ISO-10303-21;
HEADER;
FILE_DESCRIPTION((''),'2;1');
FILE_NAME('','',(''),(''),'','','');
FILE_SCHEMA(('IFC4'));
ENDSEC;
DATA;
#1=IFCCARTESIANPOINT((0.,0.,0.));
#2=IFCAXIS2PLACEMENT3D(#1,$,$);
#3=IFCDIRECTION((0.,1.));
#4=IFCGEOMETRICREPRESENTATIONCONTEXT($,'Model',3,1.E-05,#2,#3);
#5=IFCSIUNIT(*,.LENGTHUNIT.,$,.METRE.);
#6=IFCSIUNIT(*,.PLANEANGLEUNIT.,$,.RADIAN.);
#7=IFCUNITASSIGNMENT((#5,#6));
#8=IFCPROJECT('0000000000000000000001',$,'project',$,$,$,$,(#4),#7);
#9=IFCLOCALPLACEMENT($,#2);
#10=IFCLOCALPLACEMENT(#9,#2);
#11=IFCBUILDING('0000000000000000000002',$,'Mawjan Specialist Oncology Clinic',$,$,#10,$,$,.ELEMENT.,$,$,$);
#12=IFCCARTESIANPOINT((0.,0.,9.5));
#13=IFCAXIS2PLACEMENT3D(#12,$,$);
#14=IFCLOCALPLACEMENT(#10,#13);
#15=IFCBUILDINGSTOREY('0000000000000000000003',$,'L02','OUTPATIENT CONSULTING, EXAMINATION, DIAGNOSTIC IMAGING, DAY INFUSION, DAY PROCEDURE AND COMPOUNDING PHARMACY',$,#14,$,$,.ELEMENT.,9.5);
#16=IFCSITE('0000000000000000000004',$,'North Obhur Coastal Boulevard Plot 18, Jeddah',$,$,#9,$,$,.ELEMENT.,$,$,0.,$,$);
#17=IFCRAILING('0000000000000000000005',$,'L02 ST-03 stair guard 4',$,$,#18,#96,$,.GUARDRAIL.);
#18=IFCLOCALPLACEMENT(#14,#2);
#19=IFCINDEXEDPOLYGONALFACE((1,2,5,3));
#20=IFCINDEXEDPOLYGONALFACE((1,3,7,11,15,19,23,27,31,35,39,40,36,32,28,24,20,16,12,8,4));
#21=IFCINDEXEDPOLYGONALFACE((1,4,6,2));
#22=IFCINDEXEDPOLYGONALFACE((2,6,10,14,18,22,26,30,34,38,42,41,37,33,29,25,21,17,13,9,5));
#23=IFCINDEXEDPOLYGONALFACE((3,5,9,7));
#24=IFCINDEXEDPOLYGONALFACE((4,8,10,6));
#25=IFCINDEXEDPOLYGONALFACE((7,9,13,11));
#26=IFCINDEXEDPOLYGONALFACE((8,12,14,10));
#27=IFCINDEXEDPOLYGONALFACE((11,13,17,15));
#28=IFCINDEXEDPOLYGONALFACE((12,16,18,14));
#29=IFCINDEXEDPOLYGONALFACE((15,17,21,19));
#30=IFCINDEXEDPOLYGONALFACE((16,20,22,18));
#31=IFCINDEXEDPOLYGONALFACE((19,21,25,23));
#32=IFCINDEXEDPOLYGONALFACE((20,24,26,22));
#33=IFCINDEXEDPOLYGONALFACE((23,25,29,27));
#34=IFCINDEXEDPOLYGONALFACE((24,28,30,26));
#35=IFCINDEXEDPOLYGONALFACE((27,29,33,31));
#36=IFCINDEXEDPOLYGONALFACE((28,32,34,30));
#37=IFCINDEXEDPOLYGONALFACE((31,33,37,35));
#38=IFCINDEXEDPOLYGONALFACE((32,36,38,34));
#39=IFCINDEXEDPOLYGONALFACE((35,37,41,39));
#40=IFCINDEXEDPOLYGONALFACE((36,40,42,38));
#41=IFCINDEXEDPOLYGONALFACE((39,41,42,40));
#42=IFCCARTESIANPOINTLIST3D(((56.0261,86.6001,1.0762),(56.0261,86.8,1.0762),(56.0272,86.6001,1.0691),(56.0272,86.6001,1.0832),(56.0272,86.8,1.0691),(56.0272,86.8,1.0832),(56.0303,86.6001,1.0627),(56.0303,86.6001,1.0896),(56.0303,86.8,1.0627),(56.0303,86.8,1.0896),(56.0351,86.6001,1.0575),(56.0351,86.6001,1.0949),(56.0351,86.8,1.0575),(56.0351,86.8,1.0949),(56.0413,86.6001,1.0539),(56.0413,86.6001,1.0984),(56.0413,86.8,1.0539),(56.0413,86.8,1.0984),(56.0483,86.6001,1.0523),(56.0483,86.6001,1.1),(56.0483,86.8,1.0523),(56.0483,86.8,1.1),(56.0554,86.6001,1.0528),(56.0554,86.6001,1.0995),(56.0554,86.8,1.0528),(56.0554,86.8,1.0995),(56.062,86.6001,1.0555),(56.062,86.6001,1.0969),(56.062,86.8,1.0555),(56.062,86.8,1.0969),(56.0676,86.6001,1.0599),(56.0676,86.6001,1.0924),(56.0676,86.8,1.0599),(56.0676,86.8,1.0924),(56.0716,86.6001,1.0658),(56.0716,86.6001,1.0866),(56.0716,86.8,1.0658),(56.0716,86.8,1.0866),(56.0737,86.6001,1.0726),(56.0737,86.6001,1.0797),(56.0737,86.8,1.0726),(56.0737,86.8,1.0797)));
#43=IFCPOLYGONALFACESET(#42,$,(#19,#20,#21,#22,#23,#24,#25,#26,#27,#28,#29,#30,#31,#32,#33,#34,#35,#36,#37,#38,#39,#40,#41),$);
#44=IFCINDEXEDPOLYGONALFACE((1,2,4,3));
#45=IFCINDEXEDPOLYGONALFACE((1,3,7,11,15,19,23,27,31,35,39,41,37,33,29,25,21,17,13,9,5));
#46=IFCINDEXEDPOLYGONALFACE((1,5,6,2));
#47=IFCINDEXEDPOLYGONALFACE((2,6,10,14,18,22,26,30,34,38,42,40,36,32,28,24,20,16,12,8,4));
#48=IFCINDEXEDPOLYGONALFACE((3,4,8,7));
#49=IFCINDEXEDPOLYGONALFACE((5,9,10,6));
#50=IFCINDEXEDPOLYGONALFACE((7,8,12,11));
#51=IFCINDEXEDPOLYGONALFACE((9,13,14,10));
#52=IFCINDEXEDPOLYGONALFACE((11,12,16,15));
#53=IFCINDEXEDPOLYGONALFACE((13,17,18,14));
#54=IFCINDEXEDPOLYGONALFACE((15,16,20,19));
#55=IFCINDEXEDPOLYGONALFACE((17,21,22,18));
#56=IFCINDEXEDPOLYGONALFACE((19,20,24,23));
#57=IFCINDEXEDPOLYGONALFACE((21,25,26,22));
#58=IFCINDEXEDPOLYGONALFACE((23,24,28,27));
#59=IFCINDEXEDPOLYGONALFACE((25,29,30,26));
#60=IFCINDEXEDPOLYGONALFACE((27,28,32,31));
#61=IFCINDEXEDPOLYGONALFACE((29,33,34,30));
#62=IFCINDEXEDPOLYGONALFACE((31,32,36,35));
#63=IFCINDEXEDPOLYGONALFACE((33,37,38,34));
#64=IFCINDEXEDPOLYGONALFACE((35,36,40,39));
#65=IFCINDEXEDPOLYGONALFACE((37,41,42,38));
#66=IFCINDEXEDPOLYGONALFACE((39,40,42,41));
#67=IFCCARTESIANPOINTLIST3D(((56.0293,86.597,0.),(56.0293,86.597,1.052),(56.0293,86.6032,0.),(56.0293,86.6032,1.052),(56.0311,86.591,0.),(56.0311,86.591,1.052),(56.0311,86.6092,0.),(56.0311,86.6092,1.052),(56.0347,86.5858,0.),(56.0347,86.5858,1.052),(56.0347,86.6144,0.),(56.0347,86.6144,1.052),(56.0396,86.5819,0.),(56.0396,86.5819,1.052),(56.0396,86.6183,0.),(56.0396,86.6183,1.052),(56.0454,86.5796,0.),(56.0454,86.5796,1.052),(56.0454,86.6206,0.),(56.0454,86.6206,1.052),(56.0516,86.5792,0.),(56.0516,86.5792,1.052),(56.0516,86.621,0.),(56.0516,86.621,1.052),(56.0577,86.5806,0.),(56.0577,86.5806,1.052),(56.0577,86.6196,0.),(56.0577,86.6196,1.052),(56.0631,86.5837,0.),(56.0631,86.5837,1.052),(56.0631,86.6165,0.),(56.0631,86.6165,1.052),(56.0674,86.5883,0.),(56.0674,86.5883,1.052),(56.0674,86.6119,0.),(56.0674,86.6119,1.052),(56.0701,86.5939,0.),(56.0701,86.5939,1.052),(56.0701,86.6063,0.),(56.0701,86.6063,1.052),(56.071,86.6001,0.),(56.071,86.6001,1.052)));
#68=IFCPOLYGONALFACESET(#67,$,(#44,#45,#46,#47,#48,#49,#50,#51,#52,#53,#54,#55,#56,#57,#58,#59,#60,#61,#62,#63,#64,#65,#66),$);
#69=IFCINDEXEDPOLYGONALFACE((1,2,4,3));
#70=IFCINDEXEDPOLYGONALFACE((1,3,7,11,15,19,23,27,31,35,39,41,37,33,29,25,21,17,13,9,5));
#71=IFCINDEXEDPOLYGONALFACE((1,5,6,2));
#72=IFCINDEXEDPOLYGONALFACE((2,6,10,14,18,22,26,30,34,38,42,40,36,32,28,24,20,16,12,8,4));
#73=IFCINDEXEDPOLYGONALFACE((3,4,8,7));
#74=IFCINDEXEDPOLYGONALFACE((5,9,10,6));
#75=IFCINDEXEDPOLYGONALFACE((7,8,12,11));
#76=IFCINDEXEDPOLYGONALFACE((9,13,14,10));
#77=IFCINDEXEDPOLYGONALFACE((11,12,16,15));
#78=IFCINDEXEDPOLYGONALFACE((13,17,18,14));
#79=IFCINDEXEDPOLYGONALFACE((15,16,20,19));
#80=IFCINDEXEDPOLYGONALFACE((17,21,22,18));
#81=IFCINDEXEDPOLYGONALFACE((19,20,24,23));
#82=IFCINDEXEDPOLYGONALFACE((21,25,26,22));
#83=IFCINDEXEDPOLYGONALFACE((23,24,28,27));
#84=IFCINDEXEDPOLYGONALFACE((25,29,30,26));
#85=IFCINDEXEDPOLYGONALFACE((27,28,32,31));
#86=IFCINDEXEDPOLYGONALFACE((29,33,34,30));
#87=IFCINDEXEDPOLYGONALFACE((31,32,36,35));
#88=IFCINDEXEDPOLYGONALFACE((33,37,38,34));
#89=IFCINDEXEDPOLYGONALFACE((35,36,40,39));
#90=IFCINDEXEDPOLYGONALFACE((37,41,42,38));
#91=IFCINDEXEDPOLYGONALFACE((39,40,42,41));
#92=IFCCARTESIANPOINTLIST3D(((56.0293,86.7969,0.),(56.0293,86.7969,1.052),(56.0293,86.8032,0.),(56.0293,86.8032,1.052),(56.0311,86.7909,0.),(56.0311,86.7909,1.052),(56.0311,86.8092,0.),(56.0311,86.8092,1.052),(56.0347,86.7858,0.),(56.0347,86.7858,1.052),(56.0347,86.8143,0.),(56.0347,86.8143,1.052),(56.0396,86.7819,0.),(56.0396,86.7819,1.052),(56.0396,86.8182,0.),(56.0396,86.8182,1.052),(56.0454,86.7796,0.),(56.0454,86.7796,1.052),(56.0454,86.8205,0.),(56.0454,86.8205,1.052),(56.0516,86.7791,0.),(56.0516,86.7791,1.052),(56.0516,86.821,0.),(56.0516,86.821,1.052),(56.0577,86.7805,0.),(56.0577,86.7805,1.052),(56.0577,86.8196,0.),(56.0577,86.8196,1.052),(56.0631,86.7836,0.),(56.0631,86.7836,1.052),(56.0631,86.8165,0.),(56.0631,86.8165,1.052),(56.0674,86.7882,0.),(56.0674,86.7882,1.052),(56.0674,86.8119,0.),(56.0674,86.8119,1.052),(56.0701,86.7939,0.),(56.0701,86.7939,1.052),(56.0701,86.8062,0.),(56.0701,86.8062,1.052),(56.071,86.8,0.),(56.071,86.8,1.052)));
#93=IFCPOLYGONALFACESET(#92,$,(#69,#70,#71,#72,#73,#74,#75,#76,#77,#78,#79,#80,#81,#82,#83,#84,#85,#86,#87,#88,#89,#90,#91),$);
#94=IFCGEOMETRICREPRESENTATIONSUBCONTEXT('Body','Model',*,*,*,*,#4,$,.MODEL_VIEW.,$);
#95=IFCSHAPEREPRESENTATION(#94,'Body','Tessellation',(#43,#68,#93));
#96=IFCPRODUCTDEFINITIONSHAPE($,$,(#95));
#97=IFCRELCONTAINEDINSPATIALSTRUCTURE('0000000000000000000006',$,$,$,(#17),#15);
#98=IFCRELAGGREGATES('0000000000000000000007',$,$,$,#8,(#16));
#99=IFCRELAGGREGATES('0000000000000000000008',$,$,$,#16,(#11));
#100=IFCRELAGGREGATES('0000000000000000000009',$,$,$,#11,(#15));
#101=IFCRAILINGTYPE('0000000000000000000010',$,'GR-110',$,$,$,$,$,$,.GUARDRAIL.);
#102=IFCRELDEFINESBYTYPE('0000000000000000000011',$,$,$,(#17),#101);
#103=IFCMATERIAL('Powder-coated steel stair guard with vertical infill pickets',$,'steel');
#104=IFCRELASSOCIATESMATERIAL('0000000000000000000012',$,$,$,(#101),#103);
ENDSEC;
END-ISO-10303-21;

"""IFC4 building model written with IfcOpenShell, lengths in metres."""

from ifc_helpers import new_model, si_unit, direction, frame, origin, origin_2d, place, context, subcontext, project, spatial, circle, extrude, material, type_object, element, save


model = new_model("IFC4")

# Units and contexts
model_context = context("Model", 3, precision=1e-05, world=origin(), true_north=direction((0.0, 1.0)))
body_context = subcontext(model_context, "Body", "Model", "MODEL_VIEW")
ifc_project = project(units=[si_unit("LENGTHUNIT", "METRE"), si_unit("PLANEANGLEUNIT", "RADIAN")], contexts=[model_context])

# Site, building, storey
site_placement = place(None, origin())
site = spatial("IfcSite", under=ifc_project, at=site_placement, Name="North Obhur Coastal Boulevard Plot 18, Jeddah", CompositionType="ELEMENT", RefElevation=0.0)
building_placement = place(site_placement, origin())
building = spatial("IfcBuilding", under=site, at=building_placement, Name="Mawjan Specialist Oncology Clinic", CompositionType="ELEMENT")
storey_placement = place(building_placement, frame((0.0, 0.0, 9.5)))
storey = spatial("IfcBuildingStorey", under=building, at=storey_placement, Name="L02", Description="OUTPATIENT CONSULTING, EXAMINATION, DIAGNOSTIC IMAGING, DAY INFUSION, DAY PROCEDURE AND COMPOUNDING PHARMACY", CompositionType="ELEMENT", Elevation=9.5)

# Railing
ifc_material_1 = material(Name="Powder-coated steel stair guard with vertical infill pickets", Category="steel")
railing_type_1 = type_object("IfcRailingType", Name="GR-110", PredefinedType="GUARDRAIL", material=ifc_material_1)
railing_1_placement = place(storey_placement, frame((56.05, 86.6001, 0.0)))
element("IfcRailing", 1, at=railing_1_placement, inside=storey, type_object=railing_type_1, Name="L02 ST-03 stair guard 4", PredefinedType="GUARDRAIL", context=body_context, shape_type="SweptSolid", body=[
    extrude(circle(Radius=0.0239, at=origin_2d()), frame((0.0, 0.0, 1.0762), z_axis=(0.0, 1.0, 0.0), x_axis=(-1.0, 0.0, 0.0)), (0.0, 0.0, 1.0), 0.2),
    extrude(circle(Radius=0.021, at=origin_2d()), origin(), (0.0, 0.0, 1.0), 1.052),
    extrude(circle(Radius=0.021, at=origin_2d()), frame((0.0, 0.2, 0.0)), (0.0, 0.0, 1.0), 1.052),
])

save(model, "model.ifc")
